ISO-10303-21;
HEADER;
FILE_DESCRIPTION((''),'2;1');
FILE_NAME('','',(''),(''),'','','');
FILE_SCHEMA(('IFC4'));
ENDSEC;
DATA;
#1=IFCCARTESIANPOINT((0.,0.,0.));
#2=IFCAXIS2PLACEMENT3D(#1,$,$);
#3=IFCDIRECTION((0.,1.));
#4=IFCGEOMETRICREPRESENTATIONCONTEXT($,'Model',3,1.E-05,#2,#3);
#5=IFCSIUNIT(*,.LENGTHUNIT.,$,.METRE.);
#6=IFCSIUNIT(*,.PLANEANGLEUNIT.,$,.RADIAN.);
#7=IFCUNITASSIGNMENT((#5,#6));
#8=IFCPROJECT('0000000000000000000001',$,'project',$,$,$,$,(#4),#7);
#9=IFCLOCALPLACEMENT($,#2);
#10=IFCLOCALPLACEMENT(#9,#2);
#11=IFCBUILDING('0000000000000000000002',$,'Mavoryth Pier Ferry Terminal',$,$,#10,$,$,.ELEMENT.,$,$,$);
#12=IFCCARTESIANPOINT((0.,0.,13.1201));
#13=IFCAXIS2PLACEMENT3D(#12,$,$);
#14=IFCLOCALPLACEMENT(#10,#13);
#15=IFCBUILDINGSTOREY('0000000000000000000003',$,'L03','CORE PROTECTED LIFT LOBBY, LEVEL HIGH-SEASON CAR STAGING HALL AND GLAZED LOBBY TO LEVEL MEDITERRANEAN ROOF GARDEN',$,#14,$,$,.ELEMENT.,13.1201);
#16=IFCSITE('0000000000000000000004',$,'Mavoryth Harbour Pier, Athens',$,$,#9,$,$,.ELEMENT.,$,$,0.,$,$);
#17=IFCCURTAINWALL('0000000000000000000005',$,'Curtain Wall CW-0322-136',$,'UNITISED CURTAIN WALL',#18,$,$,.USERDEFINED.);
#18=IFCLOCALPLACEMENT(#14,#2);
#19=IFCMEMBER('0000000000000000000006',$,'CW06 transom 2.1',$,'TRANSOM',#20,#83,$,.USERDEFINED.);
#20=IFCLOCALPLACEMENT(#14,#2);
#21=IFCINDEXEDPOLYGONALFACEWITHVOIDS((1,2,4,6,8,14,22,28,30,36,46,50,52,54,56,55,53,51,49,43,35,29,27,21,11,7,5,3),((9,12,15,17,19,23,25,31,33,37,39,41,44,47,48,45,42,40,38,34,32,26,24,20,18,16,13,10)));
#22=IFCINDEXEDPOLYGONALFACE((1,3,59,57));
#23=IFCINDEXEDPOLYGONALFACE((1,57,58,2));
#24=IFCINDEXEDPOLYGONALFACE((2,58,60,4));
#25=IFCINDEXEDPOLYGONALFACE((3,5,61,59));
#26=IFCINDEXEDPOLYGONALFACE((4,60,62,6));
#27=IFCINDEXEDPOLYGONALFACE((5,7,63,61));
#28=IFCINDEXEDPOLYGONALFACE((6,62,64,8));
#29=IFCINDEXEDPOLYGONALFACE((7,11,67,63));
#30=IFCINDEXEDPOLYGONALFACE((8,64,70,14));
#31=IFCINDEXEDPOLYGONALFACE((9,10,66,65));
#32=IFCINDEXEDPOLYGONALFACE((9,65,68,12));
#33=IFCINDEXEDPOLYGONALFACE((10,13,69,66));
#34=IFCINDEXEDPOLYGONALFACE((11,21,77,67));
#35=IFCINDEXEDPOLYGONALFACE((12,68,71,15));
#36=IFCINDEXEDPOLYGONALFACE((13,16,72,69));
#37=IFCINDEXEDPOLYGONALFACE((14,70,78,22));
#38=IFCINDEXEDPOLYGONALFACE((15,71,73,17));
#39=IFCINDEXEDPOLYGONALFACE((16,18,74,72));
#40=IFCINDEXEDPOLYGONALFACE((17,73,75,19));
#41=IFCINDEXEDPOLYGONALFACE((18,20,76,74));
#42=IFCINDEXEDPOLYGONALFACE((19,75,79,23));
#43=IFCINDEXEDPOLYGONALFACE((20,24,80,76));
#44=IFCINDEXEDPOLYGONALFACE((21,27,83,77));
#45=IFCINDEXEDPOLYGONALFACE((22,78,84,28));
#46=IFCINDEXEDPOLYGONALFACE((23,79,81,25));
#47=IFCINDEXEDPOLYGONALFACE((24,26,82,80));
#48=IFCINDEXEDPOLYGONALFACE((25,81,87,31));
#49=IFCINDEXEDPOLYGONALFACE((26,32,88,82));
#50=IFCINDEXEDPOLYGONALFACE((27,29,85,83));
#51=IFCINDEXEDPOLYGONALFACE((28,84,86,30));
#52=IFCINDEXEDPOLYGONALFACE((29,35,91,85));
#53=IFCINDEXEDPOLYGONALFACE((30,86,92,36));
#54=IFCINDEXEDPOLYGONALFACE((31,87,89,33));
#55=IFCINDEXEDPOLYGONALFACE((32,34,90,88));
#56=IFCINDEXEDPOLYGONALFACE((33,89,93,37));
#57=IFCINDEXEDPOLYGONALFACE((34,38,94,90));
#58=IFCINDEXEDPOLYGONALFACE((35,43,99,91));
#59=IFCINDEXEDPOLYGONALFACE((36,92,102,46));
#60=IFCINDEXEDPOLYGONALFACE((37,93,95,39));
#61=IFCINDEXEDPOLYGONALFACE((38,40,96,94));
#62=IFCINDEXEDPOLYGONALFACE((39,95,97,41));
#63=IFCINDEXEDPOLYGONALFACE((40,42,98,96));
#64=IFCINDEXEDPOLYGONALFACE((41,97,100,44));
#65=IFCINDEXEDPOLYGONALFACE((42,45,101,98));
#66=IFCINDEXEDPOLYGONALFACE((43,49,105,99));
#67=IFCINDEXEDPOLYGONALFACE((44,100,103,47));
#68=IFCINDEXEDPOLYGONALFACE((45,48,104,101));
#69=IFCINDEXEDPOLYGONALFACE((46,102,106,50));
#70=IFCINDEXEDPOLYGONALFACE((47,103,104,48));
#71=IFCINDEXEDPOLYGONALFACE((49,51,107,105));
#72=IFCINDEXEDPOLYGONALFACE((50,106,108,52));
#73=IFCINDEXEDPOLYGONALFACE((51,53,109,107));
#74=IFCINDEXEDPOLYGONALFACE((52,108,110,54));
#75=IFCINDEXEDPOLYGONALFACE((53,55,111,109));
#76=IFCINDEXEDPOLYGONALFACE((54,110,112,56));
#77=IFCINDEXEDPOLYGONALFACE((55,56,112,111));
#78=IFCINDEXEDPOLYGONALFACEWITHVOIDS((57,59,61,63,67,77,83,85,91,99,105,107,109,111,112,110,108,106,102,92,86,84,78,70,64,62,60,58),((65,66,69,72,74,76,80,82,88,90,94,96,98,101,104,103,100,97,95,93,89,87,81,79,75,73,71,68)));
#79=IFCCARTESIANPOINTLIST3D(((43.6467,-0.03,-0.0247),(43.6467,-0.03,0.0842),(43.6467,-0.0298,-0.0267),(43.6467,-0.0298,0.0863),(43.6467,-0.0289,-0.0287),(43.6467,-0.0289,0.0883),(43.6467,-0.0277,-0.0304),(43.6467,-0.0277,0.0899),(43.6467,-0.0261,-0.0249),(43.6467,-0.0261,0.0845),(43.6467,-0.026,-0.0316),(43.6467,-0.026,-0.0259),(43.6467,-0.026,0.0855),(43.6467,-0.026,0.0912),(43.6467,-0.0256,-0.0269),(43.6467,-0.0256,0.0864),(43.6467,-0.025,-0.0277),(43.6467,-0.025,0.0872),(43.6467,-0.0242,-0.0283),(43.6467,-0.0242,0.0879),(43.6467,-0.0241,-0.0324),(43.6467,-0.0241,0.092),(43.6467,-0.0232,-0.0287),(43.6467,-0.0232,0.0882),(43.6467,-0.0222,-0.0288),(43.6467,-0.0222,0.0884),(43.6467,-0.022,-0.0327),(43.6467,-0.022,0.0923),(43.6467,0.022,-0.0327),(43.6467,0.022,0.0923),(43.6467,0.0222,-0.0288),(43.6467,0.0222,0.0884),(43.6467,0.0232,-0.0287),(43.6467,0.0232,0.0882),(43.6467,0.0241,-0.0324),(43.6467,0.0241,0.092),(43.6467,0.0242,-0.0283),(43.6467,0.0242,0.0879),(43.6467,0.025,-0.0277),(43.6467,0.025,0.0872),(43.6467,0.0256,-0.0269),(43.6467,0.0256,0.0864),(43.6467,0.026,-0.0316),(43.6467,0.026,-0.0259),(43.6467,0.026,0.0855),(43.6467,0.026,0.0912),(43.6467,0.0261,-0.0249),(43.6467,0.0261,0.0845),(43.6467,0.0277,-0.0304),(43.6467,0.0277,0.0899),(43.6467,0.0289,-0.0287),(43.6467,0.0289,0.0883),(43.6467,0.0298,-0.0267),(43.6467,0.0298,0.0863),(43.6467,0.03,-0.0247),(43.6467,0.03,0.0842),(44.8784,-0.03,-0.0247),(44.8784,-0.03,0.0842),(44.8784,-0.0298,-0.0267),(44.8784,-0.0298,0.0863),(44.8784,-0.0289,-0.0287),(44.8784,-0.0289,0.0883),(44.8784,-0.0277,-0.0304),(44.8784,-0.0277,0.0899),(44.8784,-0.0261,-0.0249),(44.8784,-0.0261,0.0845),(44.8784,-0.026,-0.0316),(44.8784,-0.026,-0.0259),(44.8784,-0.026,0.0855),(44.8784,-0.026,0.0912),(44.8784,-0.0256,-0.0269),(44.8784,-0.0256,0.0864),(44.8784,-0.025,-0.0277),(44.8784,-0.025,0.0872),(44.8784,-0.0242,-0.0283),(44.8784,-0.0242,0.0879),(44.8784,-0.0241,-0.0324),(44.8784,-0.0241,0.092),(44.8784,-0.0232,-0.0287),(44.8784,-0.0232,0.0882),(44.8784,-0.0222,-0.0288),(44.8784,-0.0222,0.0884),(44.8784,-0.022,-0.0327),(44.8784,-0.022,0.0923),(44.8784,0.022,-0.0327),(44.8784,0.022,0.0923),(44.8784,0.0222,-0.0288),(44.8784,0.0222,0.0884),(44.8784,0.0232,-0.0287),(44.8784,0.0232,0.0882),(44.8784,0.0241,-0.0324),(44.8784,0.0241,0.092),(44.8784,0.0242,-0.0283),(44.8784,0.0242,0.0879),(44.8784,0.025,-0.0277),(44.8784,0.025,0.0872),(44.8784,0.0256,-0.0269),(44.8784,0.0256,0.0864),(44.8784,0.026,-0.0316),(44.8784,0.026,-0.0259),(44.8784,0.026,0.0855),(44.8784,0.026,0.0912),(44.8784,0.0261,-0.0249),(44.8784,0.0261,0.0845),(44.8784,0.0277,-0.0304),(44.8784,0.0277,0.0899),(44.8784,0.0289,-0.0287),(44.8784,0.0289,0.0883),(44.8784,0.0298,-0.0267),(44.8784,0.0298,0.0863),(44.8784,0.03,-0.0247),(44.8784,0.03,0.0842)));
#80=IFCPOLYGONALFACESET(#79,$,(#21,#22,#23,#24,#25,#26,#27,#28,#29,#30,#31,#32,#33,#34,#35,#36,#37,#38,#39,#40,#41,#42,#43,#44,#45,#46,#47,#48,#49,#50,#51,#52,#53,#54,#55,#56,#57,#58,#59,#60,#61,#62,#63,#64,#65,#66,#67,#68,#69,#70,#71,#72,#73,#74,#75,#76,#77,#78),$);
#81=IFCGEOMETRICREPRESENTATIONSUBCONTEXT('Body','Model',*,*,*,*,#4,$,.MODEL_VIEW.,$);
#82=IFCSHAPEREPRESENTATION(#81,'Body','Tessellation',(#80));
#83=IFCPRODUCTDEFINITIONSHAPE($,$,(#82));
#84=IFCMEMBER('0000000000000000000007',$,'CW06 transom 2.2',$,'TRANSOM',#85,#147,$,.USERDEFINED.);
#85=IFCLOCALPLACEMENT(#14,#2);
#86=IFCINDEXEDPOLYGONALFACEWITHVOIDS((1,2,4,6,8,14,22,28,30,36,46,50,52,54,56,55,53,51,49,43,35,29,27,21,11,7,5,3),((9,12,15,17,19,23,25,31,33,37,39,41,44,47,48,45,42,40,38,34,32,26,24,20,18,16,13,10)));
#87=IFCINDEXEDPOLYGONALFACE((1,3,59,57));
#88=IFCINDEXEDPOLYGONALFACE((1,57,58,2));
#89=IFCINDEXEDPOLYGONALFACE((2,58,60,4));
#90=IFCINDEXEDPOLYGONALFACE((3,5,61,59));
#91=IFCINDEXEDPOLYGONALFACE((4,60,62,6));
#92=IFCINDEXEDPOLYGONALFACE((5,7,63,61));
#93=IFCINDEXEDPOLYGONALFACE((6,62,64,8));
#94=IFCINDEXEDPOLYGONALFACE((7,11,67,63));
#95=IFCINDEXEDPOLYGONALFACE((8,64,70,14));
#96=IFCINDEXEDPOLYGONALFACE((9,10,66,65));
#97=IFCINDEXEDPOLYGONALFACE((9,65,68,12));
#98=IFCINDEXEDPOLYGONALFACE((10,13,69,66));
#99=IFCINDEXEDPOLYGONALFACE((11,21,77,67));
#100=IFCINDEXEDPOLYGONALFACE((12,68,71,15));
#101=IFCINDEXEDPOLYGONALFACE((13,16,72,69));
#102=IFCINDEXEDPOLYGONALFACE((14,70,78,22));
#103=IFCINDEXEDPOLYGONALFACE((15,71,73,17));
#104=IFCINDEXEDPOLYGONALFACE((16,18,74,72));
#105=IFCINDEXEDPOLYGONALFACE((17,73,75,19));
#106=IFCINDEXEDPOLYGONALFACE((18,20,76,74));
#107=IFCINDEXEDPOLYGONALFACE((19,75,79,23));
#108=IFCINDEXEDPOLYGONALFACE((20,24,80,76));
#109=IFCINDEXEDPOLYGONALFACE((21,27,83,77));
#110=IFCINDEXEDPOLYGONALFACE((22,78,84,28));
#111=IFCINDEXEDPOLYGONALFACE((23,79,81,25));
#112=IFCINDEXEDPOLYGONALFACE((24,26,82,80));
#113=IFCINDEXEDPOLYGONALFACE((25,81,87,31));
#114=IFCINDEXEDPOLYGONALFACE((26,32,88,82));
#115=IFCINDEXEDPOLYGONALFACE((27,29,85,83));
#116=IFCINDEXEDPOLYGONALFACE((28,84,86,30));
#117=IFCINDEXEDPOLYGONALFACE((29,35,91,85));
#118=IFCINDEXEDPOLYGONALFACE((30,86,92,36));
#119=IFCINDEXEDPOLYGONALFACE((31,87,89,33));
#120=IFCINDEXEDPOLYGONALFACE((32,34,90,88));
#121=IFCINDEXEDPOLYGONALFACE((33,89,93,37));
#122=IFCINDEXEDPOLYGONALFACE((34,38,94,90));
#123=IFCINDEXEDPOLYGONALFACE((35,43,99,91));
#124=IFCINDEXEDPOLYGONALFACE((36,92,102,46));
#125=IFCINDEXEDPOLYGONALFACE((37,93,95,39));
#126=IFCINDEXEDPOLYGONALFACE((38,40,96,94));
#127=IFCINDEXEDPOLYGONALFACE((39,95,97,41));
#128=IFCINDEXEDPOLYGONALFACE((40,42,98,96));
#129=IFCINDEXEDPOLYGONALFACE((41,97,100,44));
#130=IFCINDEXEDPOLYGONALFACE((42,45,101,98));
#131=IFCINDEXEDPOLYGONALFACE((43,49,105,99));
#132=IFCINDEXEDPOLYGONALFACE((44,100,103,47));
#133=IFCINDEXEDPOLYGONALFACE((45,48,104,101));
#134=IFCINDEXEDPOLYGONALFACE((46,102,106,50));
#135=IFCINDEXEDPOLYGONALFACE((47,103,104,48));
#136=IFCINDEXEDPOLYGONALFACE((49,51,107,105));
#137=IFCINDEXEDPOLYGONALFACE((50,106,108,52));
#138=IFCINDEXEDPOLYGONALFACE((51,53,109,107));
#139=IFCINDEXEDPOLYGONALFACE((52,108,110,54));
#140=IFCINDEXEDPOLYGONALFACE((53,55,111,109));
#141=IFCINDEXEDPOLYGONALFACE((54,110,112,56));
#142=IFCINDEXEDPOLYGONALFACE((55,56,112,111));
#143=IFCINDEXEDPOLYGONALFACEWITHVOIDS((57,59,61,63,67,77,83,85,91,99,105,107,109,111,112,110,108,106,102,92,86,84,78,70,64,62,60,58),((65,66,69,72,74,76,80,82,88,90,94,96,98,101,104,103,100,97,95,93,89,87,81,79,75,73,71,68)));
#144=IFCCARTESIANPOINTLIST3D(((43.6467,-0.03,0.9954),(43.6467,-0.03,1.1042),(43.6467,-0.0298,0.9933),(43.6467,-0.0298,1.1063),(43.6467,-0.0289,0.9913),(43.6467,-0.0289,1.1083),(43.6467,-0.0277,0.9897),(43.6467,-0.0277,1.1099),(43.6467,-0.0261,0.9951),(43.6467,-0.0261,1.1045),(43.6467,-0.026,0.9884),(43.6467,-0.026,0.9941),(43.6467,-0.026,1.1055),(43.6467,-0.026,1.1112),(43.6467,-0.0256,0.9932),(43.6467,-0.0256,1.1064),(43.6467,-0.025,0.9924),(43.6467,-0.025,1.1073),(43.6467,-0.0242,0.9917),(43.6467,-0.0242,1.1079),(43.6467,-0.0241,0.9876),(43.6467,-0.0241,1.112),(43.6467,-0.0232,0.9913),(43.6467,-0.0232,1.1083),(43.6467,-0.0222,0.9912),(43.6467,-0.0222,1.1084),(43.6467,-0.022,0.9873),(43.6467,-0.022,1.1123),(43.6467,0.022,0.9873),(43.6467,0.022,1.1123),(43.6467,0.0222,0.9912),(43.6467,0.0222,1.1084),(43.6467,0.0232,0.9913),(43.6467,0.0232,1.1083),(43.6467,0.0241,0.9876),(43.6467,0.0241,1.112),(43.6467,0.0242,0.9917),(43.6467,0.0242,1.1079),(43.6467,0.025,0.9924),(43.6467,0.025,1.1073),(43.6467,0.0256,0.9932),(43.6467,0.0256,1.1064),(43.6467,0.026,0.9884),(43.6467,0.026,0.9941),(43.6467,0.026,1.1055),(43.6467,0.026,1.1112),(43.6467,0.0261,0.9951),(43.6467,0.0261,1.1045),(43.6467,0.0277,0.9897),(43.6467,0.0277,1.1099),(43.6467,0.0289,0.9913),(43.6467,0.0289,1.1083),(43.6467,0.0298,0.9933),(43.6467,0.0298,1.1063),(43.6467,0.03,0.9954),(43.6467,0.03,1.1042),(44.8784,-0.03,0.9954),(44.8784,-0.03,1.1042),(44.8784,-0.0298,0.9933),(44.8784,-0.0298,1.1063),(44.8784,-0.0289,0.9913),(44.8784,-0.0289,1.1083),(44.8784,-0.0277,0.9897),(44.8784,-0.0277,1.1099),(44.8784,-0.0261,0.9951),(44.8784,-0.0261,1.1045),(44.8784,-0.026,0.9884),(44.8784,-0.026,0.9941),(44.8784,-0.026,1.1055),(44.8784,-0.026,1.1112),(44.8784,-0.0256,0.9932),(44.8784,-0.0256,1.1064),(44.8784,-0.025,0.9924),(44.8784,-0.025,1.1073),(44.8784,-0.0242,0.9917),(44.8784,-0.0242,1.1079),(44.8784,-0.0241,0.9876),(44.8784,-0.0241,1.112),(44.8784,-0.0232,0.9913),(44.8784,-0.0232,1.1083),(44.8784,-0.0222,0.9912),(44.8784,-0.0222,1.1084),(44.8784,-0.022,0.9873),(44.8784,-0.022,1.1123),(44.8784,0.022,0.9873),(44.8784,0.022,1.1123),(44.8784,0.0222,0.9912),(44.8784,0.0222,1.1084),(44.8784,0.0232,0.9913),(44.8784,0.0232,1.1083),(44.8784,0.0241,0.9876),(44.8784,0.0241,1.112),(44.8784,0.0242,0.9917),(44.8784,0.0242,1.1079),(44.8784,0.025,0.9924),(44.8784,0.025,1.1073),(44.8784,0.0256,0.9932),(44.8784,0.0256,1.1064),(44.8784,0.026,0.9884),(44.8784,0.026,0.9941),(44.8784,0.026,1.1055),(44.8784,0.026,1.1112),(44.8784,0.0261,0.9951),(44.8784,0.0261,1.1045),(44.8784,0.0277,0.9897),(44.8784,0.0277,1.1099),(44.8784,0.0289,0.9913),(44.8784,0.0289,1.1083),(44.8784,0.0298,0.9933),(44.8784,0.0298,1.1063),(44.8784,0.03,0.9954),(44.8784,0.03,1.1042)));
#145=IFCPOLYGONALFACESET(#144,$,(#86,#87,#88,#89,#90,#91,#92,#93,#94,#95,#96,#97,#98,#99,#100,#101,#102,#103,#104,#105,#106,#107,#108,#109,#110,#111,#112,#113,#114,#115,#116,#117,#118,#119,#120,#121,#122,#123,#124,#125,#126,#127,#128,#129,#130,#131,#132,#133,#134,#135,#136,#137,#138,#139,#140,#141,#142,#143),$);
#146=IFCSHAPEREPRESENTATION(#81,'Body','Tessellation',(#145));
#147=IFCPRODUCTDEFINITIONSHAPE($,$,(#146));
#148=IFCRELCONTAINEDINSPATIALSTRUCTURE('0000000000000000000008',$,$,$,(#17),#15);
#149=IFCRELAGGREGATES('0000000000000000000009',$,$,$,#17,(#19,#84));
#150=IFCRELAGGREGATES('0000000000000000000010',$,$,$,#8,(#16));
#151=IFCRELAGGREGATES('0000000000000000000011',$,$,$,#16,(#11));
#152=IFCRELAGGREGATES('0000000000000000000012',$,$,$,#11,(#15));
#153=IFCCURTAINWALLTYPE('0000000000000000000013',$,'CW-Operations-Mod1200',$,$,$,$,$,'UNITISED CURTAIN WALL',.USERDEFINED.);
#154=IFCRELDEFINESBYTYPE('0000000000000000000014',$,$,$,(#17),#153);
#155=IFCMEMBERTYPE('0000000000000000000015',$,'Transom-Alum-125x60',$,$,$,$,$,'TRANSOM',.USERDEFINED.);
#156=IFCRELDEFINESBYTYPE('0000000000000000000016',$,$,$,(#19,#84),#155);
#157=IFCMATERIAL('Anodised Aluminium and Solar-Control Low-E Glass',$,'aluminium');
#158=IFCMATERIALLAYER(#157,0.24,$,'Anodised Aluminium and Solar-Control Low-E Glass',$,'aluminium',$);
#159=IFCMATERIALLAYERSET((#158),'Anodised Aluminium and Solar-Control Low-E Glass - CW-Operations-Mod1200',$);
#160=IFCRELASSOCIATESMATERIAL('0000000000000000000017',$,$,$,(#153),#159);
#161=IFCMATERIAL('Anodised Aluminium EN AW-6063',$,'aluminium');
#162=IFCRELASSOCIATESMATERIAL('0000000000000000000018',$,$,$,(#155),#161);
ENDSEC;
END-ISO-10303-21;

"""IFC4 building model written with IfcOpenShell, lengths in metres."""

from ifc_helpers import new_model, si_unit, direction, frame, origin, origin_2d, place, context, subcontext, project, spatial, hollow_rectangle, extrude, material, layer, layer_set, material_profile, profile_set, type_object, element, aggregate, save


model = new_model("IFC4")

# Units and contexts
model_context = context("Model", 3, precision=1e-05, world=origin(), true_north=direction((0.0, 1.0)))
body_context = subcontext(model_context, "Body", "Model", "MODEL_VIEW")
ifc_project = project(units=[si_unit("LENGTHUNIT", "METRE"), si_unit("PLANEANGLEUNIT", "RADIAN")], contexts=[model_context])

# Site, building, storey
site_placement = place(None, origin())
site = spatial("IfcSite", under=ifc_project, at=site_placement, Name="Mavoryth Harbour Pier, Athens", CompositionType="ELEMENT", RefElevation=0.0)
building_placement = place(site_placement, origin())
building = spatial("IfcBuilding", under=site, at=building_placement, Name="Mavoryth Pier Ferry Terminal", CompositionType="ELEMENT")
storey_placement = place(building_placement, frame((0.0, 0.0, 13.1201)))
storey = spatial("IfcBuildingStorey", under=building, at=storey_placement, Name="L03", Description="CORE PROTECTED LIFT LOBBY, LEVEL HIGH-SEASON CAR STAGING HALL AND GLAZED LOBBY TO LEVEL MEDITERRANEAN ROOF GARDEN", CompositionType="ELEMENT", Elevation=13.1201)

# Curtain wall
ifc_material_1 = material(Name="Anodised Aluminium and Solar-Control Low-E Glass", Category="aluminium")
ifc_layer_1 = layer(ifc_material_1, 0.24, Name="Anodised Aluminium and Solar-Control Low-E Glass", Category="aluminium")
ifc_layer_set_1 = layer_set([ifc_layer_1], Name="Anodised Aluminium and Solar-Control Low-E Glass - CW-Operations-Mod1200")
curtain_wall_type = type_object("IfcCurtainWallType", Name="CW-Operations-Mod1200", ElementType="UNITISED CURTAIN WALL", PredefinedType="USERDEFINED", material=ifc_layer_set_1)
curtain_wall_placement = place(storey_placement, origin())
curtain_wall = element("IfcCurtainWall", 1, at=curtain_wall_placement, inside=storey, type_object=curtain_wall_type, Name="Curtain Wall CW-0322-136", ObjectType="UNITISED CURTAIN WALL", PredefinedType="USERDEFINED")
ifc_material_2 = material(Name="Anodised Aluminium EN AW-6063", Category="aluminium")

# Members
ifc_material_profile_1 = material_profile(ifc_material_2, hollow_rectangle(XDim=0.0601, YDim=0.125, WallThickness=0.0039, InnerFilletRadius=0.0039, OuterFilletRadius=0.0081, at=origin_2d()), Name="AL-TRAN 125x60x4", Category="aluminium")
ifc_profile_set_1 = profile_set([ifc_material_profile_1], Name="Anodised Aluminium EN AW-6063 - AL-TRAN 125x60x4")
member_type_1 = type_object("IfcMemberType", Name="Transom-Alum-125x60", ElementType="TRANSOM", PredefinedType="USERDEFINED", material=ifc_profile_set_1)
member_1_placement = place(storey_placement, frame((43.6467, 0.0, 0.0298), z_axis=(1.0, 0.0, 0.0), x_axis=(0.0, 1.0, 0.0)))
member_1 = element("IfcMember", 2, at=member_1_placement, type_object=member_type_1, Name="CW06 transom 2.1", ObjectType="TRANSOM", PredefinedType="USERDEFINED", context=body_context, shape_type="SweptSolid", body=[
    extrude(hollow_rectangle(XDim=0.0601, YDim=0.125, WallThickness=0.0039, InnerFilletRadius=0.0039, OuterFilletRadius=0.0081, at=origin_2d()), origin(), (0.0, 0.0, 1.0), 1.2317),
])
member_2_placement = place(storey_placement, frame((43.6467, 0.0, 1.0498), z_axis=(1.0, 0.0, 0.0), x_axis=(0.0, 1.0, 0.0)))
member_2 = element("IfcMember", 3, at=member_2_placement, type_object=member_type_1, Name="CW06 transom 2.2", ObjectType="TRANSOM", PredefinedType="USERDEFINED", context=body_context, shape_type="SweptSolid", body=[
    extrude(hollow_rectangle(XDim=0.0601, YDim=0.125, WallThickness=0.0039, InnerFilletRadius=0.0039, OuterFilletRadius=0.0081, at=origin_2d()), origin(), (0.0, 0.0, 1.0), 1.2317),
])

aggregate(curtain_wall, [member_1, member_2])

save(model, "model.ifc")
